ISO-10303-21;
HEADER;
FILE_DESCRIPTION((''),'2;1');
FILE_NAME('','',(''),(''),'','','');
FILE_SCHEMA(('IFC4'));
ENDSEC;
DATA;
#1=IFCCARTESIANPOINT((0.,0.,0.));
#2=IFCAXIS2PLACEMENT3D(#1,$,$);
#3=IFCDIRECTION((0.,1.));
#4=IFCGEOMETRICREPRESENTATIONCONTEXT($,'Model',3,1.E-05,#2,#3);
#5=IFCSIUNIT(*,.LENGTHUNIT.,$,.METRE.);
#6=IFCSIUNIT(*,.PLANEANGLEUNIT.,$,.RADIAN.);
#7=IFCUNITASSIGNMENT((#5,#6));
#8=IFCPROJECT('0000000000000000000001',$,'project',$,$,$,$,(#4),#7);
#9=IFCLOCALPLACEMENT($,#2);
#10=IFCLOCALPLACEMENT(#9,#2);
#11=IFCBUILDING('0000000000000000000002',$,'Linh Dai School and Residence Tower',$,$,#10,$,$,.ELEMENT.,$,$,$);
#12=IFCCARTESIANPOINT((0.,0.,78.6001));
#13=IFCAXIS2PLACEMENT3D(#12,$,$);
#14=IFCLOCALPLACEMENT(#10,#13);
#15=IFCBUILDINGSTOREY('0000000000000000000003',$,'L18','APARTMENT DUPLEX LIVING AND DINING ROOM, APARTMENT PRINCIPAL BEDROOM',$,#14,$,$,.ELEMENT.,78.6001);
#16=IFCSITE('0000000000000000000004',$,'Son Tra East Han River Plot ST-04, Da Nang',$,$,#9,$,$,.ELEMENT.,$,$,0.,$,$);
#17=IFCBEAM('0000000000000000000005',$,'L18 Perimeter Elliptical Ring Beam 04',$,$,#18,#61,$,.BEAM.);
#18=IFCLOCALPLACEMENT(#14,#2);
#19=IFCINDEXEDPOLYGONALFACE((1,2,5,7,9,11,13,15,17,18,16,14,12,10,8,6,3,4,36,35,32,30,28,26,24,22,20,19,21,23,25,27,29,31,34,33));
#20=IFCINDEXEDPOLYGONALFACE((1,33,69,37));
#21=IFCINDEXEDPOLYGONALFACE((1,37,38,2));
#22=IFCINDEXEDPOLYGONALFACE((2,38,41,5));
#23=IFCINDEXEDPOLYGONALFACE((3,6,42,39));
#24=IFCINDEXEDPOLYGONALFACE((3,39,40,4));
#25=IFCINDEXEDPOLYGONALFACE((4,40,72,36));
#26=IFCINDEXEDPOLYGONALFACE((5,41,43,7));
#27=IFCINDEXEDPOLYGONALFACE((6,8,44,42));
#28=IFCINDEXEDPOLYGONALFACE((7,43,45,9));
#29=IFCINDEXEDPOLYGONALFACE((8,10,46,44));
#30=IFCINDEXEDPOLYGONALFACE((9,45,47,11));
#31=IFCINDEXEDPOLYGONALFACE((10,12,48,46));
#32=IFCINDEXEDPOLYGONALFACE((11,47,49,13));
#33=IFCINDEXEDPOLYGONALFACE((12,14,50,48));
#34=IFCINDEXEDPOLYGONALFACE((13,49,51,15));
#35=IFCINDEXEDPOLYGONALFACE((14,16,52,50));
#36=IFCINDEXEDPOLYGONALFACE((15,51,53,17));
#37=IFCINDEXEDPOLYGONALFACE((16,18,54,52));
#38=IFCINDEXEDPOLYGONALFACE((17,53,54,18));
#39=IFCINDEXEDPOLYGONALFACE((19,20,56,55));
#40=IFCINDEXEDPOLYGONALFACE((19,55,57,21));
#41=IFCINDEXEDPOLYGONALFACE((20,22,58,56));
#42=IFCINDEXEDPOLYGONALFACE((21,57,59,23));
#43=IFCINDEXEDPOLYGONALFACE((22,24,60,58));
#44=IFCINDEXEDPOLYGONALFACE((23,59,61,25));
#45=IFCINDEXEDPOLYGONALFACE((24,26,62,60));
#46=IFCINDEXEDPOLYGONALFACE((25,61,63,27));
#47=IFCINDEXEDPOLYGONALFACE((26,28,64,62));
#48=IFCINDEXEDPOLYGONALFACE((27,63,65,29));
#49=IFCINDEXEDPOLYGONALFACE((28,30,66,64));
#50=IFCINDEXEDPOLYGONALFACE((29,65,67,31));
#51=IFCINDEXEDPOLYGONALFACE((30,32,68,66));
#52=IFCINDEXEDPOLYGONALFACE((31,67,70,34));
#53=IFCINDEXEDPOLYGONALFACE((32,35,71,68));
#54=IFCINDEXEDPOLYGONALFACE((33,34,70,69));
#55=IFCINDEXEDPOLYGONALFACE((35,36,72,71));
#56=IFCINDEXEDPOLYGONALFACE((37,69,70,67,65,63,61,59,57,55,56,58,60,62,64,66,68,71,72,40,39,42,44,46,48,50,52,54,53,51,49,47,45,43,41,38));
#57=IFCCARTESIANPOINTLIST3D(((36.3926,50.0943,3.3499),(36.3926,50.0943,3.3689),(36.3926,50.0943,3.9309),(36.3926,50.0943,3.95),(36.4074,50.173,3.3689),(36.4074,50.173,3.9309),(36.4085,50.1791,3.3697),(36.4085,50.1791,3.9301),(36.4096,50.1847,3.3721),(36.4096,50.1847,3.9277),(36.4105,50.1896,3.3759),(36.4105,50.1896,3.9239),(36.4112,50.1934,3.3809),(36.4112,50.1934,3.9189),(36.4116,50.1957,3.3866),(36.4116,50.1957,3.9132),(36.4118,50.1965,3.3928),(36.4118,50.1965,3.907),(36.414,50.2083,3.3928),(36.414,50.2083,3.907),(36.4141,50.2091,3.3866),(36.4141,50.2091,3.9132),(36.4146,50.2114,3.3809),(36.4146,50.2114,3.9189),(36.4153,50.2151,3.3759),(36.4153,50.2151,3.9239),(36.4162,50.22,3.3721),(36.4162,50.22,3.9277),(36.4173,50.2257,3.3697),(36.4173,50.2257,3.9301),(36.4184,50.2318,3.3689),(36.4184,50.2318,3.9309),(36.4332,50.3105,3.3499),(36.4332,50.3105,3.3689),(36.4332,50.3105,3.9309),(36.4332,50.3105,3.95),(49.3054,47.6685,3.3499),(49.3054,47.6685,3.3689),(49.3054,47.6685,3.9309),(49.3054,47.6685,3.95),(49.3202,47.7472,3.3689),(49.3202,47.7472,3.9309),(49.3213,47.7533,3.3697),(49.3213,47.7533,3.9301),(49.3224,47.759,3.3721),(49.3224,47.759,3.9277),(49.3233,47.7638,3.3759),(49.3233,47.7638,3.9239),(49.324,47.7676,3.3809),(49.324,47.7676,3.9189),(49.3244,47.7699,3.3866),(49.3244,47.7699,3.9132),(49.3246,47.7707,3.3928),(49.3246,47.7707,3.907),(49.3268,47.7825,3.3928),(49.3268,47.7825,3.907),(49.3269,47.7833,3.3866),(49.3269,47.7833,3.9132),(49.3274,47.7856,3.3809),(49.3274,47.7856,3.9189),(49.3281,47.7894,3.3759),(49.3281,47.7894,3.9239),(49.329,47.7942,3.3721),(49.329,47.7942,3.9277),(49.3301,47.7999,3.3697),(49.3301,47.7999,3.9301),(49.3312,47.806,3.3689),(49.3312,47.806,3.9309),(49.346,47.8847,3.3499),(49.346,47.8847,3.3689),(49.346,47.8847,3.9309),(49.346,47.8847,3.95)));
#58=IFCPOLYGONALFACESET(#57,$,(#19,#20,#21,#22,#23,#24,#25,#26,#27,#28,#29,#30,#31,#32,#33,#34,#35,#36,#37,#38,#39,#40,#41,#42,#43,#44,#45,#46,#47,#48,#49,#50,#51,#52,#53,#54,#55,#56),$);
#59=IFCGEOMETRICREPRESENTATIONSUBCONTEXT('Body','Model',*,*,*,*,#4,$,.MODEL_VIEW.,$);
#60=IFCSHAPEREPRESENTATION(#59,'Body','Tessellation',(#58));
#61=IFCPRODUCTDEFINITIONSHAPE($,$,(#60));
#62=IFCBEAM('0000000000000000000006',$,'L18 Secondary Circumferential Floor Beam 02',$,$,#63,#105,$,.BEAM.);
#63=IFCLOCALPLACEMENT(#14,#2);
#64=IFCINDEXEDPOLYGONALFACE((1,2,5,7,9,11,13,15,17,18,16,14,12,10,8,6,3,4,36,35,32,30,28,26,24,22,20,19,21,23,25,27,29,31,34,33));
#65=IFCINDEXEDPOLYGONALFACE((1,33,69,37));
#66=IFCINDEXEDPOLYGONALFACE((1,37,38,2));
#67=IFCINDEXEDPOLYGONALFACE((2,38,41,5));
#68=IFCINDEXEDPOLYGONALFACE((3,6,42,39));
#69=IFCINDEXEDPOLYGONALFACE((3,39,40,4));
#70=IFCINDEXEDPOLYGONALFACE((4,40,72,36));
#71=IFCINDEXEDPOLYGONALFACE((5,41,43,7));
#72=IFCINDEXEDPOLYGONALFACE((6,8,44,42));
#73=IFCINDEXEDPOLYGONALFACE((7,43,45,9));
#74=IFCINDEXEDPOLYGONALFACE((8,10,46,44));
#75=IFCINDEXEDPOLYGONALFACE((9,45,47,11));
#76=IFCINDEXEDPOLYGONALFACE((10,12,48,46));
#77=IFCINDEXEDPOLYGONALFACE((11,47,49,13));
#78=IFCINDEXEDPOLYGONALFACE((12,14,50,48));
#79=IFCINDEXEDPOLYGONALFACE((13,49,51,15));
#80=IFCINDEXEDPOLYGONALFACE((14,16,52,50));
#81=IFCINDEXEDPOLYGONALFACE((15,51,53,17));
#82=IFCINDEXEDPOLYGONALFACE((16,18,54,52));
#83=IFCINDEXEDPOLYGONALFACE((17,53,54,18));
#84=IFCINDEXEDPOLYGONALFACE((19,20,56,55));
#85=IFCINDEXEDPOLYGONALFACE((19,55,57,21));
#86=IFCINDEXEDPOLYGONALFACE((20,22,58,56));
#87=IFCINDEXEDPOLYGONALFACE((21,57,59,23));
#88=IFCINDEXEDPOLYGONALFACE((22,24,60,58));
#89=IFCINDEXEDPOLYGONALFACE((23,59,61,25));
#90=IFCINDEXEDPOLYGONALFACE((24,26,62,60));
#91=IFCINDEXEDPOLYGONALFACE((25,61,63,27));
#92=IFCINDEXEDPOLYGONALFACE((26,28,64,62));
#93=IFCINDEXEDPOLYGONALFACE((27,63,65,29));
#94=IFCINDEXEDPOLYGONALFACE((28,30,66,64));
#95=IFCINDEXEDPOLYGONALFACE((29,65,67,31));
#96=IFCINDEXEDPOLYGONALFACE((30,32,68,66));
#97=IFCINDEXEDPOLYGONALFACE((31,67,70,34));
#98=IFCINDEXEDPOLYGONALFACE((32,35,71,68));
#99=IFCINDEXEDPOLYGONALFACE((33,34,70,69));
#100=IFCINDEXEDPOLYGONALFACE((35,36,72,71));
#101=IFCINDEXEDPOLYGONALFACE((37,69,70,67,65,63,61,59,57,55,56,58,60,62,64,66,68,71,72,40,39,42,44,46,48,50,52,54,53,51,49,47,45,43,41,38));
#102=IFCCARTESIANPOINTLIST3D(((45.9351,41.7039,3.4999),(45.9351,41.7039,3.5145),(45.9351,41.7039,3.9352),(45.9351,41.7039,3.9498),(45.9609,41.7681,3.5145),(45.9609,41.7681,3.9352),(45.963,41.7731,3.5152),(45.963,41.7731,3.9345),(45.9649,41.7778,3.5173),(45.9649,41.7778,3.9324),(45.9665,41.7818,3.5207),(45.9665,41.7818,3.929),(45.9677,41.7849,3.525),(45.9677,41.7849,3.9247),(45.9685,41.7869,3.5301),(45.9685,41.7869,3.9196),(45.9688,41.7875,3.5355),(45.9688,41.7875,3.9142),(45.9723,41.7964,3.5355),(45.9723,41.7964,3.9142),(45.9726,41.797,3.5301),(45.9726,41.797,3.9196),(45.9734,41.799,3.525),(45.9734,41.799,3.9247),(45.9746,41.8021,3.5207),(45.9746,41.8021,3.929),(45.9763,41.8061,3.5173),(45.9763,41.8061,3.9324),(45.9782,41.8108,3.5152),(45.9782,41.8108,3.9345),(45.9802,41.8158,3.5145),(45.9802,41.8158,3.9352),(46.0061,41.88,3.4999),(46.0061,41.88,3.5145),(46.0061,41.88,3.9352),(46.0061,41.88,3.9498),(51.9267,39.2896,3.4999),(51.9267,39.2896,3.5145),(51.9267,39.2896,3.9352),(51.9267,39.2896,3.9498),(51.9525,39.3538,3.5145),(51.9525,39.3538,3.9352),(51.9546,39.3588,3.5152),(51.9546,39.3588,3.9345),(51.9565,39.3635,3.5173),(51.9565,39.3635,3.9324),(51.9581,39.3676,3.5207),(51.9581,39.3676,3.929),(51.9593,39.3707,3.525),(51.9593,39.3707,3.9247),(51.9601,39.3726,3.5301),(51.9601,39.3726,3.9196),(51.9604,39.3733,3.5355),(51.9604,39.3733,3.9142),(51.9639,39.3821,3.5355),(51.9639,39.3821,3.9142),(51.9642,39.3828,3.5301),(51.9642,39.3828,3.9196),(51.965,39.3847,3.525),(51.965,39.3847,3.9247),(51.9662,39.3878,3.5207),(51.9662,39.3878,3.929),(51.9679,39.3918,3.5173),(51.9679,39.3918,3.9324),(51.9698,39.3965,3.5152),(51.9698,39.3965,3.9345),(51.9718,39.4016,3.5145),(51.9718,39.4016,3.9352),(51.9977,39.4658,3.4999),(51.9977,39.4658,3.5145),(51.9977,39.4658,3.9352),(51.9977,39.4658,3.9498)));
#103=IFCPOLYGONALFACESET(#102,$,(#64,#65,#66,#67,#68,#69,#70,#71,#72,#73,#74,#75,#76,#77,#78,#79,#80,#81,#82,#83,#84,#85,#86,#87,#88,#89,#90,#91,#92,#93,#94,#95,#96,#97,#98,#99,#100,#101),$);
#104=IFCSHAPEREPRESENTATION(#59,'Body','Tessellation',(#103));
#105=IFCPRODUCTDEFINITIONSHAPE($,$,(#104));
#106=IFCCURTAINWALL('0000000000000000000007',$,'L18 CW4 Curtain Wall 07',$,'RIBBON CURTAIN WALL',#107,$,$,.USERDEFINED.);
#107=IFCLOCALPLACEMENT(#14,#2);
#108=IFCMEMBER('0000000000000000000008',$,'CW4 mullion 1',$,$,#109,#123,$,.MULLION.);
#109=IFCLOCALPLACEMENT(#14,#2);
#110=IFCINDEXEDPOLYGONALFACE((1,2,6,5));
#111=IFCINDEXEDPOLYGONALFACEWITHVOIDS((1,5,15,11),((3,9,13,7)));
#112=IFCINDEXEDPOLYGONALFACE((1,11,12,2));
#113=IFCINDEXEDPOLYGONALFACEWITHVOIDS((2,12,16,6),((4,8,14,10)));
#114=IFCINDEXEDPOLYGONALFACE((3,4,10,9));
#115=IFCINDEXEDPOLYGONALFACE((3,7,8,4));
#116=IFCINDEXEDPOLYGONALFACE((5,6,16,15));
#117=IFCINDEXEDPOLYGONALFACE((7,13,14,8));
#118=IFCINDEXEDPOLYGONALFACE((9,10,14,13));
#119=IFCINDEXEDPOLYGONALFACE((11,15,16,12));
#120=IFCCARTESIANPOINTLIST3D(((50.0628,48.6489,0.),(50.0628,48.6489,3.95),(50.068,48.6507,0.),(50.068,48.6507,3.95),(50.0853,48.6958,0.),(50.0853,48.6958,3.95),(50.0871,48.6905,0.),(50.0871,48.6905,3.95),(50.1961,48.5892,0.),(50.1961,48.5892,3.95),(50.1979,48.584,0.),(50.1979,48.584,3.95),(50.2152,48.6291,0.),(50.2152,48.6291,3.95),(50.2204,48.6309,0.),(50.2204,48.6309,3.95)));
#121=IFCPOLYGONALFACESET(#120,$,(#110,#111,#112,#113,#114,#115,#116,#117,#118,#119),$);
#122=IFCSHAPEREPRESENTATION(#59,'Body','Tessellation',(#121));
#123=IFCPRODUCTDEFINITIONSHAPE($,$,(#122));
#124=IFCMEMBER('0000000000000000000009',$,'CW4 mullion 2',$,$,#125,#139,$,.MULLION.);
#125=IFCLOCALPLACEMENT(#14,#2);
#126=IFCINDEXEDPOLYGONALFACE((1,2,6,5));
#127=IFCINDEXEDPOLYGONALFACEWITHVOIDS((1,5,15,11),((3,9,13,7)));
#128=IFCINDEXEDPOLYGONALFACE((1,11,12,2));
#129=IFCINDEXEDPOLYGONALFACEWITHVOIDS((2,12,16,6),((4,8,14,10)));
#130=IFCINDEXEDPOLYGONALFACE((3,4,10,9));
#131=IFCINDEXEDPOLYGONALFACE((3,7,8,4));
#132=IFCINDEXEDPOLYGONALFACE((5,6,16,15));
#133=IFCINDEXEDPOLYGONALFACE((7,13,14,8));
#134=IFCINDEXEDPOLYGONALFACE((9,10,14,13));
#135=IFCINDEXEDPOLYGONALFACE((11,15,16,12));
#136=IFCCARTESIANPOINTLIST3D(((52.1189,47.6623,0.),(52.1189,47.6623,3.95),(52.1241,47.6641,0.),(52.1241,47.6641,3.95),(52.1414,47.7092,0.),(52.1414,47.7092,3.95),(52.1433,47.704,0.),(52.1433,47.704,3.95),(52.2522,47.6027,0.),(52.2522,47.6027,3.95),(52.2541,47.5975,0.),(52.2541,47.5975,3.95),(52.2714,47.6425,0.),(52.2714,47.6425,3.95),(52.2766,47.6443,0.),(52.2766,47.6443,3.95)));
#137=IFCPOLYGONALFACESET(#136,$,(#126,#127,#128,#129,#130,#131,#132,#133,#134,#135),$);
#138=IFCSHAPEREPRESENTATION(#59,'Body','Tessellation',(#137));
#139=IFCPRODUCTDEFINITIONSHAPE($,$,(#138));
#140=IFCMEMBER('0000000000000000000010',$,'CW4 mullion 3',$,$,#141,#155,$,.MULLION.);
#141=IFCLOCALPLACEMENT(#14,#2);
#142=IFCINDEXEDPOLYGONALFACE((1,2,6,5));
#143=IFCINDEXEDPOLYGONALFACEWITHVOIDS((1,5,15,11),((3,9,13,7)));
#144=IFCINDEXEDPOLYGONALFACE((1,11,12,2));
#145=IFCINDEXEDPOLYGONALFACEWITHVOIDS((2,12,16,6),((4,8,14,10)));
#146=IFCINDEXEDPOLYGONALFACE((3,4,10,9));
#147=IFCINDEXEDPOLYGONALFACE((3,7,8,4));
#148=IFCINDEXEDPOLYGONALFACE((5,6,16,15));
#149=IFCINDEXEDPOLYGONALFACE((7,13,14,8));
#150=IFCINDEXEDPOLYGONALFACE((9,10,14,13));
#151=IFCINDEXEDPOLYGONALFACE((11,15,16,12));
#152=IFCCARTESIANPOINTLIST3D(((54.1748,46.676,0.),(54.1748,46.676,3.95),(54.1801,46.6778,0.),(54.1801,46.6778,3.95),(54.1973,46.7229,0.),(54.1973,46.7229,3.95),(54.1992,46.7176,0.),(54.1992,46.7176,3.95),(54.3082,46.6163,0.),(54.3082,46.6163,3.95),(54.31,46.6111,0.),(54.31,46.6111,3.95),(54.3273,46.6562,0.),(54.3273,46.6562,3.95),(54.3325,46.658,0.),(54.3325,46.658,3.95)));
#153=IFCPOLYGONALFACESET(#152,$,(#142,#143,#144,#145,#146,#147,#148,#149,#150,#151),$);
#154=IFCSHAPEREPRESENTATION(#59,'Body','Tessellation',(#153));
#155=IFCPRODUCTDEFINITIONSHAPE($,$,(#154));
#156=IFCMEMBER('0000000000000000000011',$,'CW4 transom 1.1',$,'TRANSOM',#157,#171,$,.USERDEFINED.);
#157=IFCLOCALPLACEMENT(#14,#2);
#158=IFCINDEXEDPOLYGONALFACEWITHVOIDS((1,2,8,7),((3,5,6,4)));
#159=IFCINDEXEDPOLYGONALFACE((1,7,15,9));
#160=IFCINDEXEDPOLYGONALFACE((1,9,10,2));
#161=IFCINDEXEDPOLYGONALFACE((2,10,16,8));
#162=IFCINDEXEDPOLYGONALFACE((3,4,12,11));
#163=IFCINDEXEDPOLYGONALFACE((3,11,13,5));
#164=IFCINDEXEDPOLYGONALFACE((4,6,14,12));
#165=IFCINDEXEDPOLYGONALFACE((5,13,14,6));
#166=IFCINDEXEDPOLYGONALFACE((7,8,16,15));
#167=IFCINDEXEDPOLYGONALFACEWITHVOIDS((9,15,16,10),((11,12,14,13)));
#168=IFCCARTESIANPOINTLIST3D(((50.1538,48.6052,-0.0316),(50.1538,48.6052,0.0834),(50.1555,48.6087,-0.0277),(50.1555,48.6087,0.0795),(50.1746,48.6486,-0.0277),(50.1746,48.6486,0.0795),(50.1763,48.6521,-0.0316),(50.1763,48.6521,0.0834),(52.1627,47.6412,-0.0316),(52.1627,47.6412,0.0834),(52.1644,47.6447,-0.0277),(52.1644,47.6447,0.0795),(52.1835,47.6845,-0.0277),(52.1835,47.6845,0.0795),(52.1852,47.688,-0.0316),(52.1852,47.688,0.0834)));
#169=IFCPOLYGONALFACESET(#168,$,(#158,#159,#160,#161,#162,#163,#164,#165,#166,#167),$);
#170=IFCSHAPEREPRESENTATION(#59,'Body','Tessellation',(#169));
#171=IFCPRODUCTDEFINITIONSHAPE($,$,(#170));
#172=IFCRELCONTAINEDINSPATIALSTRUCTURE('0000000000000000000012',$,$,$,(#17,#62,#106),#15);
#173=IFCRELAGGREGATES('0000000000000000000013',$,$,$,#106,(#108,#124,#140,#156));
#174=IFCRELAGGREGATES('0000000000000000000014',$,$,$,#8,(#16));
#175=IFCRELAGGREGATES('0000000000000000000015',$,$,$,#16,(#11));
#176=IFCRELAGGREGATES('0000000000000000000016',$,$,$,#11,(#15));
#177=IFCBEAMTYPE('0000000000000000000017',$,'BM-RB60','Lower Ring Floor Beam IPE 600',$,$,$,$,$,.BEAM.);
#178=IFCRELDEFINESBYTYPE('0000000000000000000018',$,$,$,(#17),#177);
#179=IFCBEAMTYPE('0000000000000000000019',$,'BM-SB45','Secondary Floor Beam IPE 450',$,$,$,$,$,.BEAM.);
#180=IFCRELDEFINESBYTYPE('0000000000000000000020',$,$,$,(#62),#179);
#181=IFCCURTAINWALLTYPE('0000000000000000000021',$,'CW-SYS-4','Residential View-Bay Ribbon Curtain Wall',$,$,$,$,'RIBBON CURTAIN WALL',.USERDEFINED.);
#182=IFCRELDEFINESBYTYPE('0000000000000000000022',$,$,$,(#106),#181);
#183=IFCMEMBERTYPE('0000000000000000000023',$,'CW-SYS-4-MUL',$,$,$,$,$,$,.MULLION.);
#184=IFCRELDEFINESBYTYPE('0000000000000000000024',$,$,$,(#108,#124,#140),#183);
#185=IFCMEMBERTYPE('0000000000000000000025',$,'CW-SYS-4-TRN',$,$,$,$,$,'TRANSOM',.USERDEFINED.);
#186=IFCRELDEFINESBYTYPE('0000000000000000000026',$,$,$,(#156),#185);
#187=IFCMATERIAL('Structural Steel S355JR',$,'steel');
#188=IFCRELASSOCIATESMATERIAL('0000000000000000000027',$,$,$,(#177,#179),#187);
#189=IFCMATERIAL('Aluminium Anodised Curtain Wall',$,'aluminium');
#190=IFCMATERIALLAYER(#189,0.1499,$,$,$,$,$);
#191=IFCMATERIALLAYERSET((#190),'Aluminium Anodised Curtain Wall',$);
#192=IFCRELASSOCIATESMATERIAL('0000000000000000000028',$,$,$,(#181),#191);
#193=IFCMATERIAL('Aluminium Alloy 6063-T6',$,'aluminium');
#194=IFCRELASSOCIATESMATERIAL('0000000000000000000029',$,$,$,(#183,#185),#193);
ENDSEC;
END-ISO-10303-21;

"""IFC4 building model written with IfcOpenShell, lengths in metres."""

from ifc_helpers import new_model, si_unit, direction, frame, origin, origin_2d, place, context, subcontext, project, spatial, hollow_rectangle, i_section, extrude, source, transform, mapped, material, layer, layer_set, material_profile, profile_set, type_object, element, aggregate, save


model = new_model("IFC4")

# Units and contexts
model_context = context("Model", 3, precision=1e-05, world=origin(), true_north=direction((0.0, 1.0)))
body_context = subcontext(model_context, "Body", "Model", "MODEL_VIEW")
ifc_project = project(units=[si_unit("LENGTHUNIT", "METRE"), si_unit("PLANEANGLEUNIT", "RADIAN")], contexts=[model_context])

# Site, building, storey
site_placement = place(None, origin())
site = spatial("IfcSite", under=ifc_project, at=site_placement, Name="Son Tra East Han River Plot ST-04, Da Nang", CompositionType="ELEMENT", RefElevation=0.0)
building_placement = place(site_placement, origin())
building = spatial("IfcBuilding", under=site, at=building_placement, Name="Linh Dai School and Residence Tower", CompositionType="ELEMENT")
storey_placement = place(building_placement, frame((0.0, 0.0, 78.6001)))
storey = spatial("IfcBuildingStorey", under=building, at=storey_placement, Name="L18", Description="APARTMENT DUPLEX LIVING AND DINING ROOM, APARTMENT PRINCIPAL BEDROOM", CompositionType="ELEMENT", Elevation=78.6001)

# Shared definitions
ifc_material_1 = material(Name="Structural Steel S355JR", Category="steel")

# Beams
ifc_material_profile_1 = material_profile(ifc_material_1, i_section(OverallWidth=0.22, OverallDepth=0.6001, WebThickness=0.012, FlangeThickness=0.019, FilletRadius=0.0239, at=origin_2d()), Name="IPE 600")
ifc_profile_set_1 = profile_set([ifc_material_profile_1], Name="Structural Steel S355JR")
beam_type_1 = type_object("IfcBeamType", Name="BM-RB60", Description="Lower Ring Floor Beam IPE 600", PredefinedType="BEAM", material=ifc_profile_set_1)
beam_1_placement = place(storey_placement, frame((49.3257, 47.7766, 3.6499), z_axis=(-0.982808, 0.184628, 0.0), x_axis=(-0.184628, -0.982808, 0.0)))
element("IfcBeam", 1, at=beam_1_placement, inside=storey, type_object=beam_type_1, Name="L18 Perimeter Elliptical Ring Beam 04", PredefinedType="BEAM", context=body_context, shape_type="SweptSolid", body=[
    extrude(i_section(OverallWidth=0.22, OverallDepth=0.6001, WebThickness=0.012, FlangeThickness=0.019, FilletRadius=0.0239, at=origin_2d()), origin(), (0.0, 0.0, 1.0), 13.1387),
])
ifc_material_profile_2 = material_profile(ifc_material_1, i_section(OverallWidth=0.1899, OverallDepth=0.45, WebThickness=0.0095, FlangeThickness=0.0146, FilletRadius=0.021, at=origin_2d()), Name="IPE 450")
ifc_profile_set_2 = profile_set([ifc_material_profile_2], Name="Structural Steel S355JR")
beam_type_2 = type_object("IfcBeamType", Name="BM-SB45", Description="Secondary Floor Beam IPE 450", PredefinedType="BEAM", material=ifc_profile_set_2)
beam_2_placement = place(storey_placement, frame((51.9622, 39.3777, 3.7249), z_axis=(-0.927533, 0.373742, 0.0), x_axis=(-0.373742, -0.927533, 0.0)))
element("IfcBeam", 2, at=beam_2_placement, inside=storey, type_object=beam_type_2, Name="L18 Secondary Circumferential Floor Beam 02", PredefinedType="BEAM", context=body_context, shape_type="SweptSolid", body=[
    extrude(i_section(OverallWidth=0.1899, OverallDepth=0.45, WebThickness=0.0095, FlangeThickness=0.0146, FilletRadius=0.021, at=origin_2d()), origin(), (0.0, 0.0, 1.0), 6.4597),
])

# Curtain wall, members
ifc_material_2 = material(Name="Aluminium Anodised Curtain Wall", Category="aluminium")
ifc_layer_1 = layer(ifc_material_2, 0.1499)
ifc_layer_set_1 = layer_set([ifc_layer_1], Name="Aluminium Anodised Curtain Wall")
curtain_wall_type = type_object("IfcCurtainWallType", Name="CW-SYS-4", Description="Residential View-Bay Ribbon Curtain Wall", ElementType="RIBBON CURTAIN WALL", PredefinedType="USERDEFINED", material=ifc_layer_set_1)
curtain_wall_placement = place(storey_placement, origin())
curtain_wall = element("IfcCurtainWall", 3, at=curtain_wall_placement, inside=storey, type_object=curtain_wall_type, Name="L18 CW4 Curtain Wall 07", ObjectType="RIBBON CURTAIN WALL", PredefinedType="USERDEFINED")
ifc_material_3 = material(Name="Aluminium Alloy 6063-T6", Category="aluminium")
ifc_material_profile_3 = material_profile(ifc_material_3, hollow_rectangle(XDim=0.052, YDim=0.1499, WallThickness=0.0039, at=origin_2d()), Name="RHS 150x52x4")
ifc_profile_set_3 = profile_set([ifc_material_profile_3], Name="Aluminium Alloy 6063-T6")
member_type_1 = type_object("IfcMemberType", Name="CW-SYS-4-MUL", PredefinedType="MULLION", material=ifc_profile_set_3)
shared_shape_1 = source(origin(), body_context, "Body", "SweptSolid", [
    extrude(hollow_rectangle(XDim=0.052, YDim=0.1499, WallThickness=0.0039, at=origin_2d()), origin(), (0.0, 0.0, 1.0), 3.95),
])
member_1_placement = place(storey_placement, frame((50.1416, 48.6399, 0.0), z_axis=(0.0, 0.0, 1.0), x_axis=(0.432603, 0.901585, 0.0)))
member_1 = element("IfcMember", 4, at=member_1_placement, type_object=member_type_1, Name="CW4 mullion 1", PredefinedType="MULLION", context=body_context, shape_type="MappedRepresentation", body=[
    mapped(shared_shape_1, transform((0.0, 0.0, 0.0), x_axis=(1.0, 0.0, 0.0), y_axis=(0.0, 1.0, 0.0), z_axis=(0.0, 0.0, 1.0), scale=1.0)),
])
member_2_placement = place(storey_placement, frame((52.1978, 47.6533, 0.0), z_axis=(0.0, 0.0, 1.0), x_axis=(0.432603, 0.901585, 0.0)))
member_2 = element("IfcMember", 5, at=member_2_placement, type_object=member_type_1, Name="CW4 mullion 2", PredefinedType="MULLION", context=body_context, shape_type="MappedRepresentation", body=[
    mapped(shared_shape_1, transform((0.0, 0.0, 0.0), x_axis=(1.0, 0.0, 0.0), y_axis=(0.0, 1.0, 0.0), z_axis=(0.0, 0.0, 1.0), scale=1.0)),
])
member_3_placement = place(storey_placement, frame((54.2537, 46.667, 0.0), z_axis=(0.0, 0.0, 1.0), x_axis=(0.432603, 0.901585, 0.0)))
member_3 = element("IfcMember", 6, at=member_3_placement, type_object=member_type_1, Name="CW4 mullion 3", PredefinedType="MULLION", context=body_context, shape_type="MappedRepresentation", body=[
    mapped(shared_shape_1, transform((0.0, 0.0, 0.0), x_axis=(1.0, 0.0, 0.0), y_axis=(0.0, 1.0, 0.0), z_axis=(0.0, 0.0, 1.0), scale=1.0)),
])
ifc_material_profile_4 = material_profile(ifc_material_3, hollow_rectangle(XDim=0.052, YDim=0.115, WallThickness=0.0039, at=origin_2d()), Name="RHS 115x52x4")
ifc_profile_set_4 = profile_set([ifc_material_profile_4], Name="Aluminium Alloy 6063-T6")
member_type_2 = type_object("IfcMemberType", Name="CW-SYS-4-TRN", ElementType="TRANSOM", PredefinedType="USERDEFINED", material=ifc_profile_set_4)
shared_shape_2 = source(origin(), body_context, "Body", "SweptSolid", [
    extrude(hollow_rectangle(XDim=0.052, YDim=0.115, WallThickness=0.0039, at=origin_2d()), origin(), (0.0, 0.0, 1.0), 2.2283),
])
member_4_placement = place(storey_placement, frame((50.165, 48.6287, 0.0259), z_axis=(0.901562, -0.432649, 0.0), x_axis=(0.432649, 0.901562, 0.0)))
member_4 = element("IfcMember", 7, at=member_4_placement, type_object=member_type_2, Name="CW4 transom 1.1", ObjectType="TRANSOM", PredefinedType="USERDEFINED", context=body_context, shape_type="MappedRepresentation", body=[
    mapped(shared_shape_2, transform((0.0, 0.0, 0.0), x_axis=(1.0, 0.0, 0.0), y_axis=(0.0, 1.0, 0.0), z_axis=(0.0, 0.0, 1.0), scale=1.0)),
])

aggregate(curtain_wall, [member_1, member_2, member_3, member_4])

save(model, "model.ifc")
